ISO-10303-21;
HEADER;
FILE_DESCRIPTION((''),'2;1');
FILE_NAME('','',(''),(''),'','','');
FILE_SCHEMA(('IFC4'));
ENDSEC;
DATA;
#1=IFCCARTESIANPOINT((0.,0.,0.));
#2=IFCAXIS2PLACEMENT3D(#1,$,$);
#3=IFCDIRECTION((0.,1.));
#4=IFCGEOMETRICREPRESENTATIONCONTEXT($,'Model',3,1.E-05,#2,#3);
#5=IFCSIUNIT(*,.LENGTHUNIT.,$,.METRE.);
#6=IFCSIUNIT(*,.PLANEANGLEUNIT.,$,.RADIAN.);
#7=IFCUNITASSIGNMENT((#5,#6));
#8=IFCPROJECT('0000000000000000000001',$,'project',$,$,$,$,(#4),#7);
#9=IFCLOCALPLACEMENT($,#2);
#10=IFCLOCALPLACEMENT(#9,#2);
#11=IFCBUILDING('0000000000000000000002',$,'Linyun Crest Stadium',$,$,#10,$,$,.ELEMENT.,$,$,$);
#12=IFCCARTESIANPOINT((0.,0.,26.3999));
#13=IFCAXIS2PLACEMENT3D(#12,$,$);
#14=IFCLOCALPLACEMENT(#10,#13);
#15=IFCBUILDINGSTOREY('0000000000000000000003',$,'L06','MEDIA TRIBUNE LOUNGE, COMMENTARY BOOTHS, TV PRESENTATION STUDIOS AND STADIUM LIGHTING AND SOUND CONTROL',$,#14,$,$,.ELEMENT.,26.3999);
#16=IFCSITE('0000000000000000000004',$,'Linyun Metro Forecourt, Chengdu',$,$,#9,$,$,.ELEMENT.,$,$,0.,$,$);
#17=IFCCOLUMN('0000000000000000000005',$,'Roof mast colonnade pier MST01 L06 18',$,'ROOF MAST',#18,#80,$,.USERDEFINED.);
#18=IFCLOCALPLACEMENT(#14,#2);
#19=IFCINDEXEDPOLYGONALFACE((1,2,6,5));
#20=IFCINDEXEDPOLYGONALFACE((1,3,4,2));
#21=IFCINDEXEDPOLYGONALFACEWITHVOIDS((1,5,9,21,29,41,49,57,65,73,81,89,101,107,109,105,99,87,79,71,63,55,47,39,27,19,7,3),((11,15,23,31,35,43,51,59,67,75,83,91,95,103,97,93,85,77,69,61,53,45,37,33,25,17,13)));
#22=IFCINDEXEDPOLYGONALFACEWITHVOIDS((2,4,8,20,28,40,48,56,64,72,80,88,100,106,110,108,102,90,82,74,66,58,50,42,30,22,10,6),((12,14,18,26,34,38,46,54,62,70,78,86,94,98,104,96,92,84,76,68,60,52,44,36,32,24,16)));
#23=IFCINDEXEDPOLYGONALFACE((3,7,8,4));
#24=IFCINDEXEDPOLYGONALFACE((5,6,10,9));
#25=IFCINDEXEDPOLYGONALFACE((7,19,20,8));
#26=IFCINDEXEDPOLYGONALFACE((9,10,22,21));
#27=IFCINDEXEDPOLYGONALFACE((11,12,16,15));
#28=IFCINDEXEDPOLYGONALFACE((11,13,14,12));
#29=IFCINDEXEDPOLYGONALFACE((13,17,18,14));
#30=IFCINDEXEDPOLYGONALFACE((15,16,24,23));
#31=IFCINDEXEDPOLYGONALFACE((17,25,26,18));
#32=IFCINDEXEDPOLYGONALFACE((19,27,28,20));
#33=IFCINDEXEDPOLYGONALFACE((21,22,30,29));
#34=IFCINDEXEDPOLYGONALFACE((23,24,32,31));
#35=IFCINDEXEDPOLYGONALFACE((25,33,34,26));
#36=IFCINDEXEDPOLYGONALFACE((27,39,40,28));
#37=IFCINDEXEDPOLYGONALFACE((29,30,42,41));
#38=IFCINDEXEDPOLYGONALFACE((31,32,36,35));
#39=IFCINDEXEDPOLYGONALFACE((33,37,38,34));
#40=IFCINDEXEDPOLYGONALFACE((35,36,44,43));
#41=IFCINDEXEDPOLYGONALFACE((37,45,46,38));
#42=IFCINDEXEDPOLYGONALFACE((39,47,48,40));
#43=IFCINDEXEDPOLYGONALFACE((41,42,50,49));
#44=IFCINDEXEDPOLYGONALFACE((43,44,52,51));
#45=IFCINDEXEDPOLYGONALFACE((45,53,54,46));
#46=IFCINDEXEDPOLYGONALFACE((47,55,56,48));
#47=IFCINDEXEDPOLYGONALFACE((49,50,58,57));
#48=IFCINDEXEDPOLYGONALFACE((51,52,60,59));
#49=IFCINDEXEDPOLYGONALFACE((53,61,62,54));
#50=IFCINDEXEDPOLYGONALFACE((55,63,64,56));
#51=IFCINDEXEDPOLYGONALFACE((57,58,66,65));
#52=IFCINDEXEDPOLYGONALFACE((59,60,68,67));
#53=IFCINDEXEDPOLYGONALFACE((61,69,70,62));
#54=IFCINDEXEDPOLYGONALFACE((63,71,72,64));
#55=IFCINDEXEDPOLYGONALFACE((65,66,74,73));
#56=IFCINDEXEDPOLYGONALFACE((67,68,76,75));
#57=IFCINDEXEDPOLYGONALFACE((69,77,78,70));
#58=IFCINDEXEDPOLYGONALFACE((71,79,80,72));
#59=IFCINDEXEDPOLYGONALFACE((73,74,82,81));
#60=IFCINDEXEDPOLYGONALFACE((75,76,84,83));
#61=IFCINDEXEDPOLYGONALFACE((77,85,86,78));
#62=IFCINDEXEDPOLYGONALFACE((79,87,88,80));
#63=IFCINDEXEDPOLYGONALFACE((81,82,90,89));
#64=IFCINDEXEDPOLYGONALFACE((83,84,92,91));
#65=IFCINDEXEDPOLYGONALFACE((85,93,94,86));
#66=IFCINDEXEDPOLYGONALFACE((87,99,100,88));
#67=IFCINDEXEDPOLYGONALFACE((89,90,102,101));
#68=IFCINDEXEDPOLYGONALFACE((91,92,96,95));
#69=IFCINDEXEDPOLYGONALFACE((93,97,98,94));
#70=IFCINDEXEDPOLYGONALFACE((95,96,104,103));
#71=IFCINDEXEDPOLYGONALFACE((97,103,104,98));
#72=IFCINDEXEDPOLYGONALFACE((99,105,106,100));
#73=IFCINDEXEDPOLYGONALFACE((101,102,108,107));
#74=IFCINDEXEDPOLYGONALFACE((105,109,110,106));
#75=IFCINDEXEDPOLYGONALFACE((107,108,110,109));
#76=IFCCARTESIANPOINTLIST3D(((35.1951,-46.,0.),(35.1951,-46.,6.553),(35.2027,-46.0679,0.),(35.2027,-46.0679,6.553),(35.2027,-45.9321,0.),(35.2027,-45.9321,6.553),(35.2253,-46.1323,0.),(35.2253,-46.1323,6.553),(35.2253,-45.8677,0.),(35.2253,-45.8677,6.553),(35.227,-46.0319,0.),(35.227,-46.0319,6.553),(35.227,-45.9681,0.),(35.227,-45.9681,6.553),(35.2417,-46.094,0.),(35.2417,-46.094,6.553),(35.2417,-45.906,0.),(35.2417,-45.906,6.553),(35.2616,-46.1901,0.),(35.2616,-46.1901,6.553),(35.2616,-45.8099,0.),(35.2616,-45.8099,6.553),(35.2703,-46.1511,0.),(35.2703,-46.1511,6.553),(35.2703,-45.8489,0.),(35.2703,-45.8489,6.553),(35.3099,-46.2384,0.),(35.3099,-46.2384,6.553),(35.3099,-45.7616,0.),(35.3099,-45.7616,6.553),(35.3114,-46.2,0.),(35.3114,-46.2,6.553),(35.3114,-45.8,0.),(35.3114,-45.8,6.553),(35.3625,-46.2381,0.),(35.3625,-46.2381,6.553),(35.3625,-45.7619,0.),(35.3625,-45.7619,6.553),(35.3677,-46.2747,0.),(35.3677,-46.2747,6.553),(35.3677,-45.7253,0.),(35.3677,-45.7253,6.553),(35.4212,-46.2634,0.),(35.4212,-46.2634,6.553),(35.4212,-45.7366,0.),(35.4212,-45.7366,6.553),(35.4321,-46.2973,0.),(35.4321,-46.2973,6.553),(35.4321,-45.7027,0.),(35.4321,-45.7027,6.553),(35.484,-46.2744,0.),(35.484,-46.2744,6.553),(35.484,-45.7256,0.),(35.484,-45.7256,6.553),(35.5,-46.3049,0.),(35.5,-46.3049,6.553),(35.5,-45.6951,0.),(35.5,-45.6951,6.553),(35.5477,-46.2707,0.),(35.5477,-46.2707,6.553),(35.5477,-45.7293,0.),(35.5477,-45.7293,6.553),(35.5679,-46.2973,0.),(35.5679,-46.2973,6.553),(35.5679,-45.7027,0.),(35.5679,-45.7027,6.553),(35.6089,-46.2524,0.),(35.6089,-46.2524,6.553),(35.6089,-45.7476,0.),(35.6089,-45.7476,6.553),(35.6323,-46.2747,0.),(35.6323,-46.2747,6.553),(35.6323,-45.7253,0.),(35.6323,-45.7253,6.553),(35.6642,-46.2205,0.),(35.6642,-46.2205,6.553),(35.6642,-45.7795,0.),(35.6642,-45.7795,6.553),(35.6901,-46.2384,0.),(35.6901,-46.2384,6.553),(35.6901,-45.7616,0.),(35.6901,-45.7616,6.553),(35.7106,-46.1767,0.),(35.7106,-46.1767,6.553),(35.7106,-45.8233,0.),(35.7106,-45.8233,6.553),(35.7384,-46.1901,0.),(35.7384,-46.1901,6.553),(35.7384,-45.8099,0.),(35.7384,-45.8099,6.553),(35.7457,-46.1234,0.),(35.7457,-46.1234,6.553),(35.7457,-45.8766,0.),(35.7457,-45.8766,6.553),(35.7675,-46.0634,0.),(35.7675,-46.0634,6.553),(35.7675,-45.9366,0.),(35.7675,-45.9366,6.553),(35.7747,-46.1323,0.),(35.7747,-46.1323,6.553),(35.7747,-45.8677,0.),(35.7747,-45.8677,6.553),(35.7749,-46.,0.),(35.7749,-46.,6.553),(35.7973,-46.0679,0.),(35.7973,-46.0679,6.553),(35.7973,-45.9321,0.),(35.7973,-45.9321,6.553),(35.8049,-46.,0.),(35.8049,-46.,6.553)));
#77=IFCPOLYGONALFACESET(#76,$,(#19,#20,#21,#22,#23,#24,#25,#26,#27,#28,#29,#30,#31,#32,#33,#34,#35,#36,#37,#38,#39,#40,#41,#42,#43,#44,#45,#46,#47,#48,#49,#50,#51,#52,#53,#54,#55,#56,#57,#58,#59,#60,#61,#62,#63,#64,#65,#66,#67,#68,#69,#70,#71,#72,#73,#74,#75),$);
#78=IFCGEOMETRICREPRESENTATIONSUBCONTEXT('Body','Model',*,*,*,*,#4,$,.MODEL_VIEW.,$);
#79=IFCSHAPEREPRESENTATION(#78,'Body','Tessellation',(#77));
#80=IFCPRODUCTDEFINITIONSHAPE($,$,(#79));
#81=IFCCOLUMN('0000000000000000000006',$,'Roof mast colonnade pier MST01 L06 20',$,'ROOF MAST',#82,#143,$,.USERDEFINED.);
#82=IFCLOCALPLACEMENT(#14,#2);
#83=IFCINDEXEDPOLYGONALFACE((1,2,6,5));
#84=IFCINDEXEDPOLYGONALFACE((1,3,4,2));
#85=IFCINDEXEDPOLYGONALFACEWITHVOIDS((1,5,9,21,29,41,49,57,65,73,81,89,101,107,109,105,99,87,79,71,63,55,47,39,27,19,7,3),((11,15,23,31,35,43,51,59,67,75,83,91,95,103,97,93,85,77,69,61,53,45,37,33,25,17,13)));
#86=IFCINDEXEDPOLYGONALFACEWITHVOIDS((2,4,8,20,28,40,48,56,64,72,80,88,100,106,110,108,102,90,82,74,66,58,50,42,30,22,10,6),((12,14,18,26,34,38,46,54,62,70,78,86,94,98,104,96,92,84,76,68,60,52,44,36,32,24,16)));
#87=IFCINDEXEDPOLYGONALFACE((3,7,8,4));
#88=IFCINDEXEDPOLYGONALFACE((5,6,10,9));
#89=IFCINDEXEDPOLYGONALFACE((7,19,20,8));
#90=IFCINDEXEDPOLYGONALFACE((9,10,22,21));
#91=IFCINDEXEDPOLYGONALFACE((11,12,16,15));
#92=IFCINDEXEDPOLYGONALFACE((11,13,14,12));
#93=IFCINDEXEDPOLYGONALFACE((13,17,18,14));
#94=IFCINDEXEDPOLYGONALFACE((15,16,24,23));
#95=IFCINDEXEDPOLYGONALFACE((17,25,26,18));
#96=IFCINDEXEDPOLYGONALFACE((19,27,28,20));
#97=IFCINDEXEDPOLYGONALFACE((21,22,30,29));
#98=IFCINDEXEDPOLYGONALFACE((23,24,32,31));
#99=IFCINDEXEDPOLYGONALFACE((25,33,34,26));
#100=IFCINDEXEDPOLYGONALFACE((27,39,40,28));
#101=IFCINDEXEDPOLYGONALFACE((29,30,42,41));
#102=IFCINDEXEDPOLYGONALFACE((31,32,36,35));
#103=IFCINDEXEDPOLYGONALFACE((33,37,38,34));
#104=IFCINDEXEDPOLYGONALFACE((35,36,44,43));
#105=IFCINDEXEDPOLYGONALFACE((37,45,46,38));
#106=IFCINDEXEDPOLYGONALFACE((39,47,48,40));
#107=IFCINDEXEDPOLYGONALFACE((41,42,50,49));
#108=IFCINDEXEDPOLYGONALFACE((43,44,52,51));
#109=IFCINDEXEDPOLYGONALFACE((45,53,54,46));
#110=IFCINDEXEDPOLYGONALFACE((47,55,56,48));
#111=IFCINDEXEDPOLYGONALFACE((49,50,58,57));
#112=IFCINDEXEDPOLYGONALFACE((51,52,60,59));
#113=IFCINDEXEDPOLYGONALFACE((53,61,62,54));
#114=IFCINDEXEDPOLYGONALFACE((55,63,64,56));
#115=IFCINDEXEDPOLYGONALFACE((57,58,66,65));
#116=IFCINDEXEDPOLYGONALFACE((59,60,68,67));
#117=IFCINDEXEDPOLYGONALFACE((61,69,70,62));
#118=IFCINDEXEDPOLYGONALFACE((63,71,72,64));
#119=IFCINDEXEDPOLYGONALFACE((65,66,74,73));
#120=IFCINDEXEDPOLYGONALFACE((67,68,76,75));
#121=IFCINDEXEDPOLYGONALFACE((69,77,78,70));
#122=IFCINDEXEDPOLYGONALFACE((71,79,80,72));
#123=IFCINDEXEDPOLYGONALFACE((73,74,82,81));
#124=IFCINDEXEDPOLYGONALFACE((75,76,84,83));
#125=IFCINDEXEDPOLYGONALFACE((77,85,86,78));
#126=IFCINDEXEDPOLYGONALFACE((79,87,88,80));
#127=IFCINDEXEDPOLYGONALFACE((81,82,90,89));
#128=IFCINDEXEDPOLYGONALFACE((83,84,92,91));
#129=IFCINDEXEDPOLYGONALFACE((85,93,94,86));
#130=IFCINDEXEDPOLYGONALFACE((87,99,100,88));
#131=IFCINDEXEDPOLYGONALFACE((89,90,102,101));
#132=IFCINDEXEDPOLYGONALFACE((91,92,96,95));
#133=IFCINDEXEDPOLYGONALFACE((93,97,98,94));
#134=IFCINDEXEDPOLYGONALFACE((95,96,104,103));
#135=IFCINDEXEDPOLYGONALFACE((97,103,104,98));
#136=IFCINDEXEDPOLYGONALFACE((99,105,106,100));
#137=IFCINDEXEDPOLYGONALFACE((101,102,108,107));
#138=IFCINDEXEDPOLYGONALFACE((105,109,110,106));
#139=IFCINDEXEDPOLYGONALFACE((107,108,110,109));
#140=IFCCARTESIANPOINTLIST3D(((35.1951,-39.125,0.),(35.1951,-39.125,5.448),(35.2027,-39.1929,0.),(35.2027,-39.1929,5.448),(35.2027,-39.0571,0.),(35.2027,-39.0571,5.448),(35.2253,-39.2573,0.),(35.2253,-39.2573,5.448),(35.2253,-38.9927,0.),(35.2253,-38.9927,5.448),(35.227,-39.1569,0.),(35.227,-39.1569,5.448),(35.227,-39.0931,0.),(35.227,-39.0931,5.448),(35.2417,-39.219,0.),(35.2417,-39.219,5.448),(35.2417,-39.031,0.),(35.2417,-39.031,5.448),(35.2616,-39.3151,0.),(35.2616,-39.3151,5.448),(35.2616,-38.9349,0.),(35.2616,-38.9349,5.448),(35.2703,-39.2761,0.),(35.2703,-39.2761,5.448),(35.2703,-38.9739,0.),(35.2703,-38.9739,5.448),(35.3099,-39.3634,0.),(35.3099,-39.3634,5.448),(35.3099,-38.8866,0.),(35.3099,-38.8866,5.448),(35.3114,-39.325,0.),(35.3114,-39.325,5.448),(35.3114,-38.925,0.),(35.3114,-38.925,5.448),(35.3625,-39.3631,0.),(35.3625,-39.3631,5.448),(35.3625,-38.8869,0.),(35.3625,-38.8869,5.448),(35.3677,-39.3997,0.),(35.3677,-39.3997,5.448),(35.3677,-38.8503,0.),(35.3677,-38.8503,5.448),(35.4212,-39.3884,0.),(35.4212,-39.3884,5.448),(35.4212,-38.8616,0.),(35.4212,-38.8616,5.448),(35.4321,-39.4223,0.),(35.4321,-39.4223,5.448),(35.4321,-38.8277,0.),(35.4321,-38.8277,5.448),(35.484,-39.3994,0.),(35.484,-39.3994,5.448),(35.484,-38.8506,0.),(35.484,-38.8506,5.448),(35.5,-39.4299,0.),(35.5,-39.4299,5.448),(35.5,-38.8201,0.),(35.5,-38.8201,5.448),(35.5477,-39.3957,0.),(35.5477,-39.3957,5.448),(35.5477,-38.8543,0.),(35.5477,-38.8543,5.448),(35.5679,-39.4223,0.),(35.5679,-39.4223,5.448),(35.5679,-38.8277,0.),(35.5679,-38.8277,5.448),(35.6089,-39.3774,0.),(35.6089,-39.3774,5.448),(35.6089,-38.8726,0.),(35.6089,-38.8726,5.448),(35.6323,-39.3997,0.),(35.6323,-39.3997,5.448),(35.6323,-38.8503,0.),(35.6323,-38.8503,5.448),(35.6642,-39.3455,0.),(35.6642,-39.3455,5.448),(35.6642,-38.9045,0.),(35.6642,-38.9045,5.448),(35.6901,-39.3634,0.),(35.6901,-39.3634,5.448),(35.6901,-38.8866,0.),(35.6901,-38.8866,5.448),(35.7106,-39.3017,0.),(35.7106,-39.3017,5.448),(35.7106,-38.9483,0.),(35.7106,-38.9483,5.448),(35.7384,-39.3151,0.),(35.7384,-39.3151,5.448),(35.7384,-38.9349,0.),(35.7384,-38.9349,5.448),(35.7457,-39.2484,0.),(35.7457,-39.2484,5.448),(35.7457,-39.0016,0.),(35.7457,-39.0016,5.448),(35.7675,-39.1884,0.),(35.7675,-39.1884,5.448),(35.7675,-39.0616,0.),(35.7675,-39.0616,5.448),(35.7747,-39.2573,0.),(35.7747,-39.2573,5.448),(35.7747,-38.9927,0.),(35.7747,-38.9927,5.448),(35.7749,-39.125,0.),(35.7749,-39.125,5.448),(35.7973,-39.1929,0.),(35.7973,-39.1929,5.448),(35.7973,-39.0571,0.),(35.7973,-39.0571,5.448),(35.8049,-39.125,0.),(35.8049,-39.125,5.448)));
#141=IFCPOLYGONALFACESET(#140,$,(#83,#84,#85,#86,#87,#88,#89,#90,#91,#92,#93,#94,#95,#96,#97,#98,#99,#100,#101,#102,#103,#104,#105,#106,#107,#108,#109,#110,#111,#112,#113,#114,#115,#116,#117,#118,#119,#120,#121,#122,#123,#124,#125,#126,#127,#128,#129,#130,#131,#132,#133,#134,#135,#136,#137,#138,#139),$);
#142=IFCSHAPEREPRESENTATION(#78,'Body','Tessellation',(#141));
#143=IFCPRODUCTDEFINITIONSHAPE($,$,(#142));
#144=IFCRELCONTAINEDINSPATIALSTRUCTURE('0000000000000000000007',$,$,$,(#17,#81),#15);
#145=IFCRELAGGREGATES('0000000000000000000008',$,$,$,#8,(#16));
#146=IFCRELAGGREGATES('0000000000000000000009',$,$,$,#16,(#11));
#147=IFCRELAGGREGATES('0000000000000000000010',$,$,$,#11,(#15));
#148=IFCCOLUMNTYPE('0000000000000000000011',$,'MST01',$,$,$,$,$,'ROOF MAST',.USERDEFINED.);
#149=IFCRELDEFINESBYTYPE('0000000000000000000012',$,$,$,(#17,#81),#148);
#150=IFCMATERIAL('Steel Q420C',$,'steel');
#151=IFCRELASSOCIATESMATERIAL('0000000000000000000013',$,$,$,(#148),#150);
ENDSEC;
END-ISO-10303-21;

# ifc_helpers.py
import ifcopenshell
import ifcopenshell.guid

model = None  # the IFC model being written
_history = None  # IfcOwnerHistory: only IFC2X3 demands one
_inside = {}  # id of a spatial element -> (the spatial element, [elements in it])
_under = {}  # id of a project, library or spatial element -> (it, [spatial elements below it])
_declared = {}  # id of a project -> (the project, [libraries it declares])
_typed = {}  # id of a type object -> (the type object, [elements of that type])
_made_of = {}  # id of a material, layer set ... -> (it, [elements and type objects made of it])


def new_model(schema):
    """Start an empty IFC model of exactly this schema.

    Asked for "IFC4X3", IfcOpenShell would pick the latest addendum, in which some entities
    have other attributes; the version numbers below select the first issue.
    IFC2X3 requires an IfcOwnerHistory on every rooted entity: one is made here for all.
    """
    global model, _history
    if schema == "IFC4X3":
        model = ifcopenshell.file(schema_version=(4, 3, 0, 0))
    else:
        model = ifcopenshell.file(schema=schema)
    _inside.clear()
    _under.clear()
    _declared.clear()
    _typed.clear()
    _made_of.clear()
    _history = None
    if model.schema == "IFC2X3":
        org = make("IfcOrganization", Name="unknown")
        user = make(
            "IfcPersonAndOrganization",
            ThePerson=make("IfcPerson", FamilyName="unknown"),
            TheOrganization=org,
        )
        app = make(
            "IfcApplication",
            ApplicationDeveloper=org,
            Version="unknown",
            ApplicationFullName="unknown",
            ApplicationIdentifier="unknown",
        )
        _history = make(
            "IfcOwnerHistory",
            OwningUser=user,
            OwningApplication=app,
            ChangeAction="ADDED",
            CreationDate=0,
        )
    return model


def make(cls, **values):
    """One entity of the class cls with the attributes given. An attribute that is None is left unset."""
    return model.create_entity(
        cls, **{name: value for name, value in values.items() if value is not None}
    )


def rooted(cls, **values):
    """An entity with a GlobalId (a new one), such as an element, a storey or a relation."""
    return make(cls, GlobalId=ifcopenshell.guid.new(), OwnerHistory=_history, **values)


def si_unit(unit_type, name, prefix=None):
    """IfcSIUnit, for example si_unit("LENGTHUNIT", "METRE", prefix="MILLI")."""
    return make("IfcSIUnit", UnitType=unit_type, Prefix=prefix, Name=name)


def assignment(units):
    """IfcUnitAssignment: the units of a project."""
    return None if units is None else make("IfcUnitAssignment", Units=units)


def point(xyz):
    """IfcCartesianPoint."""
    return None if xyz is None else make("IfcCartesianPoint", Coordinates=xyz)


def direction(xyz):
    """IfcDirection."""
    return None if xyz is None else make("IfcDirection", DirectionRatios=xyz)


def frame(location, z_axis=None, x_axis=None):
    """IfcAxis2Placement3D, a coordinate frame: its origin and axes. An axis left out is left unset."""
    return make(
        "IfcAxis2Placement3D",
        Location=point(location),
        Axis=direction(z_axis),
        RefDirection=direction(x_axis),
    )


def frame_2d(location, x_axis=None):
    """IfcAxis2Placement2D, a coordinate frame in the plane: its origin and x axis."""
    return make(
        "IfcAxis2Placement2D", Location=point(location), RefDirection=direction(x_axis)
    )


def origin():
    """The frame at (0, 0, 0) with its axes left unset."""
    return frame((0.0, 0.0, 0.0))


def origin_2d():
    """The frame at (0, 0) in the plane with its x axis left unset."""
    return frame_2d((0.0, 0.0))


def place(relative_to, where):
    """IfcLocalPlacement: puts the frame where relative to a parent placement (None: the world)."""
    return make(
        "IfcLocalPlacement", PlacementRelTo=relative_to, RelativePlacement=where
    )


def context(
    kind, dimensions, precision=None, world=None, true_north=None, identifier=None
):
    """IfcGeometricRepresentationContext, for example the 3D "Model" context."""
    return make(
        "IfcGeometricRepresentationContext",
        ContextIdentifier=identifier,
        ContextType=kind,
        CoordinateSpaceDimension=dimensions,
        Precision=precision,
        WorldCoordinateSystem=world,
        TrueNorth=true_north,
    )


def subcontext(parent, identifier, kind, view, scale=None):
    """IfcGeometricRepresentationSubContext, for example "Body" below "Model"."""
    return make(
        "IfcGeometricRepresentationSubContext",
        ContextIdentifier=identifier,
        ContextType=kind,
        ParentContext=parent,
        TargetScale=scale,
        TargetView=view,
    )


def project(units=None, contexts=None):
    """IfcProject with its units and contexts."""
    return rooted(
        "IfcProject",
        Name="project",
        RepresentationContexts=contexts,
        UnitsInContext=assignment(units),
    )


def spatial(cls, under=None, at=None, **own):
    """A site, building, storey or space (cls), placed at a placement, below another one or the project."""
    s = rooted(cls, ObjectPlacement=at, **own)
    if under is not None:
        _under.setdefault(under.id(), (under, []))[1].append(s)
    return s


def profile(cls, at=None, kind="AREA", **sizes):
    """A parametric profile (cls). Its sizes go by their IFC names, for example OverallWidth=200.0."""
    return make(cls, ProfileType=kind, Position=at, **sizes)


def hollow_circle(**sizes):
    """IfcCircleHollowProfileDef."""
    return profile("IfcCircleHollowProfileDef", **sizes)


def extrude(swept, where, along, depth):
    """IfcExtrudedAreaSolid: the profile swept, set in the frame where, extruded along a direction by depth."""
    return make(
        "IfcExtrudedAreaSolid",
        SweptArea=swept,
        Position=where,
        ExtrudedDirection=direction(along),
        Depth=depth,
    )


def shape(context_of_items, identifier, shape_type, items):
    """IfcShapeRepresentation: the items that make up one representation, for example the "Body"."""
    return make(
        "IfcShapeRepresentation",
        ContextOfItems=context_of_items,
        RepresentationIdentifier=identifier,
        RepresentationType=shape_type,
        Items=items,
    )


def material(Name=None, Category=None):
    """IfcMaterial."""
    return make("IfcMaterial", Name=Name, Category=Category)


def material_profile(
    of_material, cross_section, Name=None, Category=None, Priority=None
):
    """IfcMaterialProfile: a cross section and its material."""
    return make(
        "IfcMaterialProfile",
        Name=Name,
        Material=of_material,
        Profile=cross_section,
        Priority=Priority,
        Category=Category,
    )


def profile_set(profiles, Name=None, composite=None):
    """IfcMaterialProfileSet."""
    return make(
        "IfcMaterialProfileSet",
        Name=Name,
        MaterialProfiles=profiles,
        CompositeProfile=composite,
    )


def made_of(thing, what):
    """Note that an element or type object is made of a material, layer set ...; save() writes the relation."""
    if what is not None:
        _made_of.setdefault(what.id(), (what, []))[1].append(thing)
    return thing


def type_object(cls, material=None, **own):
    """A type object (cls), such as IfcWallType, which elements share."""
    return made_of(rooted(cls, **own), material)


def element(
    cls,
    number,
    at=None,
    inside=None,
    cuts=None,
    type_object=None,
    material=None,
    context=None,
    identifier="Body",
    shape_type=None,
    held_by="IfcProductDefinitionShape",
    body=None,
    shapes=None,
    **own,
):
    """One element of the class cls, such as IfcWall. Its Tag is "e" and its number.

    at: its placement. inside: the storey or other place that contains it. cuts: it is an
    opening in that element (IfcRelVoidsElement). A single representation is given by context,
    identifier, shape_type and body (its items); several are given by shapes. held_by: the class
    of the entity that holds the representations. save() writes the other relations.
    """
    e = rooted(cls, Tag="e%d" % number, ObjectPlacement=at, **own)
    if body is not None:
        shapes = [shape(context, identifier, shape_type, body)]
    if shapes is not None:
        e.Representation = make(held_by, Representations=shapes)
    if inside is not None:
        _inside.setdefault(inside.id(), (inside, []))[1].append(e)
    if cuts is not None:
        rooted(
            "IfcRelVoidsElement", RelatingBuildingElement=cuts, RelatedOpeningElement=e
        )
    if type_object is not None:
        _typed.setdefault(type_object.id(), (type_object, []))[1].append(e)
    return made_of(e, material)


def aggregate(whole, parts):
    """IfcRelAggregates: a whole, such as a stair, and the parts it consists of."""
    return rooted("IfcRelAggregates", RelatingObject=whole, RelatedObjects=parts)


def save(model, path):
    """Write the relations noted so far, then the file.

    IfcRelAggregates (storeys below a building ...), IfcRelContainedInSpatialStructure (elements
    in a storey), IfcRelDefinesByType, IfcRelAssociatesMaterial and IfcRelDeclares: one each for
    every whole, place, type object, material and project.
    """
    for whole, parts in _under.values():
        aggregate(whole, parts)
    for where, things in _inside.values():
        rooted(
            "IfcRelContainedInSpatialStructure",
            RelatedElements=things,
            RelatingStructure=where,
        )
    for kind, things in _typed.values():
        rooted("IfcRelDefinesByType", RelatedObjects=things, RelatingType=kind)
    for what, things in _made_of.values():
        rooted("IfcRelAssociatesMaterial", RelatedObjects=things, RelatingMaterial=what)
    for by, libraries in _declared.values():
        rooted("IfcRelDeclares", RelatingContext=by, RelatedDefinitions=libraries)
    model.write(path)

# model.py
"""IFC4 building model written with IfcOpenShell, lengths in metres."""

from ifc_helpers import new_model, si_unit, direction, frame, origin, origin_2d, place, context, subcontext, project, spatial, hollow_circle, extrude, material, material_profile, profile_set, type_object, element, save


model = new_model("IFC4")

# Units and contexts
model_context = context("Model", 3, precision=1e-05, world=origin(), true_north=direction((0.0, 1.0)))
body_context = subcontext(model_context, "Body", "Model", "MODEL_VIEW")
ifc_project = project(units=[si_unit("LENGTHUNIT", "METRE"), si_unit("PLANEANGLEUNIT", "RADIAN")], contexts=[model_context])

# Site, building, storey
site_placement = place(None, origin())
site = spatial("IfcSite", under=ifc_project, at=site_placement, Name="Linyun Metro Forecourt, Chengdu", CompositionType="ELEMENT", RefElevation=0.0)
building_placement = place(site_placement, origin())
building = spatial("IfcBuilding", under=site, at=building_placement, Name="Linyun Crest Stadium", CompositionType="ELEMENT")
storey_placement = place(building_placement, frame((0.0, 0.0, 26.3999)))
storey = spatial("IfcBuildingStorey", under=building, at=storey_placement, Name="L06", Description="MEDIA TRIBUNE LOUNGE, COMMENTARY BOOTHS, TV PRESENTATION STUDIOS AND STADIUM LIGHTING AND SOUND CONTROL", CompositionType="ELEMENT", Elevation=26.3999)

# Columns
ifc_material_1 = material(Name="Steel Q420C", Category="steel")
ifc_material_profile_1 = material_profile(ifc_material_1, hollow_circle(Radius=0.3049, WallThickness=0.03, at=origin_2d()), Name="CHS 610x30")
ifc_profile_set_1 = profile_set([ifc_material_profile_1], Name="Steel Q420C")
column_type = type_object("IfcColumnType", Name="MST01", ElementType="ROOF MAST", PredefinedType="USERDEFINED", material=ifc_profile_set_1)
column_1_placement = place(storey_placement, frame((35.5, -46.0, 0.0), z_axis=(0.0, 0.0, 1.0), x_axis=(1.0, 0.0, 0.0)))
element("IfcColumn", 1, at=column_1_placement, inside=storey, type_object=column_type, Name="Roof mast colonnade pier MST01 L06 18", ObjectType="ROOF MAST", PredefinedType="USERDEFINED", context=body_context, shape_type="SweptSolid", body=[
    extrude(hollow_circle(Radius=0.3049, WallThickness=0.03, at=origin_2d()), origin(), (0.0, 0.0, 1.0), 6.553),
])
column_2_placement = place(storey_placement, frame((35.5, -39.125, 0.0), z_axis=(0.0, 0.0, 1.0), x_axis=(1.0, 0.0, 0.0)))
element("IfcColumn", 2, at=column_2_placement, inside=storey, type_object=column_type, Name="Roof mast colonnade pier MST01 L06 20", ObjectType="ROOF MAST", PredefinedType="USERDEFINED", context=body_context, shape_type="SweptSolid", body=[
    extrude(hollow_circle(Radius=0.3049, WallThickness=0.03, at=origin_2d()), origin(), (0.0, 0.0, 1.0), 5.448),
])

save(model, "model.ifc")
